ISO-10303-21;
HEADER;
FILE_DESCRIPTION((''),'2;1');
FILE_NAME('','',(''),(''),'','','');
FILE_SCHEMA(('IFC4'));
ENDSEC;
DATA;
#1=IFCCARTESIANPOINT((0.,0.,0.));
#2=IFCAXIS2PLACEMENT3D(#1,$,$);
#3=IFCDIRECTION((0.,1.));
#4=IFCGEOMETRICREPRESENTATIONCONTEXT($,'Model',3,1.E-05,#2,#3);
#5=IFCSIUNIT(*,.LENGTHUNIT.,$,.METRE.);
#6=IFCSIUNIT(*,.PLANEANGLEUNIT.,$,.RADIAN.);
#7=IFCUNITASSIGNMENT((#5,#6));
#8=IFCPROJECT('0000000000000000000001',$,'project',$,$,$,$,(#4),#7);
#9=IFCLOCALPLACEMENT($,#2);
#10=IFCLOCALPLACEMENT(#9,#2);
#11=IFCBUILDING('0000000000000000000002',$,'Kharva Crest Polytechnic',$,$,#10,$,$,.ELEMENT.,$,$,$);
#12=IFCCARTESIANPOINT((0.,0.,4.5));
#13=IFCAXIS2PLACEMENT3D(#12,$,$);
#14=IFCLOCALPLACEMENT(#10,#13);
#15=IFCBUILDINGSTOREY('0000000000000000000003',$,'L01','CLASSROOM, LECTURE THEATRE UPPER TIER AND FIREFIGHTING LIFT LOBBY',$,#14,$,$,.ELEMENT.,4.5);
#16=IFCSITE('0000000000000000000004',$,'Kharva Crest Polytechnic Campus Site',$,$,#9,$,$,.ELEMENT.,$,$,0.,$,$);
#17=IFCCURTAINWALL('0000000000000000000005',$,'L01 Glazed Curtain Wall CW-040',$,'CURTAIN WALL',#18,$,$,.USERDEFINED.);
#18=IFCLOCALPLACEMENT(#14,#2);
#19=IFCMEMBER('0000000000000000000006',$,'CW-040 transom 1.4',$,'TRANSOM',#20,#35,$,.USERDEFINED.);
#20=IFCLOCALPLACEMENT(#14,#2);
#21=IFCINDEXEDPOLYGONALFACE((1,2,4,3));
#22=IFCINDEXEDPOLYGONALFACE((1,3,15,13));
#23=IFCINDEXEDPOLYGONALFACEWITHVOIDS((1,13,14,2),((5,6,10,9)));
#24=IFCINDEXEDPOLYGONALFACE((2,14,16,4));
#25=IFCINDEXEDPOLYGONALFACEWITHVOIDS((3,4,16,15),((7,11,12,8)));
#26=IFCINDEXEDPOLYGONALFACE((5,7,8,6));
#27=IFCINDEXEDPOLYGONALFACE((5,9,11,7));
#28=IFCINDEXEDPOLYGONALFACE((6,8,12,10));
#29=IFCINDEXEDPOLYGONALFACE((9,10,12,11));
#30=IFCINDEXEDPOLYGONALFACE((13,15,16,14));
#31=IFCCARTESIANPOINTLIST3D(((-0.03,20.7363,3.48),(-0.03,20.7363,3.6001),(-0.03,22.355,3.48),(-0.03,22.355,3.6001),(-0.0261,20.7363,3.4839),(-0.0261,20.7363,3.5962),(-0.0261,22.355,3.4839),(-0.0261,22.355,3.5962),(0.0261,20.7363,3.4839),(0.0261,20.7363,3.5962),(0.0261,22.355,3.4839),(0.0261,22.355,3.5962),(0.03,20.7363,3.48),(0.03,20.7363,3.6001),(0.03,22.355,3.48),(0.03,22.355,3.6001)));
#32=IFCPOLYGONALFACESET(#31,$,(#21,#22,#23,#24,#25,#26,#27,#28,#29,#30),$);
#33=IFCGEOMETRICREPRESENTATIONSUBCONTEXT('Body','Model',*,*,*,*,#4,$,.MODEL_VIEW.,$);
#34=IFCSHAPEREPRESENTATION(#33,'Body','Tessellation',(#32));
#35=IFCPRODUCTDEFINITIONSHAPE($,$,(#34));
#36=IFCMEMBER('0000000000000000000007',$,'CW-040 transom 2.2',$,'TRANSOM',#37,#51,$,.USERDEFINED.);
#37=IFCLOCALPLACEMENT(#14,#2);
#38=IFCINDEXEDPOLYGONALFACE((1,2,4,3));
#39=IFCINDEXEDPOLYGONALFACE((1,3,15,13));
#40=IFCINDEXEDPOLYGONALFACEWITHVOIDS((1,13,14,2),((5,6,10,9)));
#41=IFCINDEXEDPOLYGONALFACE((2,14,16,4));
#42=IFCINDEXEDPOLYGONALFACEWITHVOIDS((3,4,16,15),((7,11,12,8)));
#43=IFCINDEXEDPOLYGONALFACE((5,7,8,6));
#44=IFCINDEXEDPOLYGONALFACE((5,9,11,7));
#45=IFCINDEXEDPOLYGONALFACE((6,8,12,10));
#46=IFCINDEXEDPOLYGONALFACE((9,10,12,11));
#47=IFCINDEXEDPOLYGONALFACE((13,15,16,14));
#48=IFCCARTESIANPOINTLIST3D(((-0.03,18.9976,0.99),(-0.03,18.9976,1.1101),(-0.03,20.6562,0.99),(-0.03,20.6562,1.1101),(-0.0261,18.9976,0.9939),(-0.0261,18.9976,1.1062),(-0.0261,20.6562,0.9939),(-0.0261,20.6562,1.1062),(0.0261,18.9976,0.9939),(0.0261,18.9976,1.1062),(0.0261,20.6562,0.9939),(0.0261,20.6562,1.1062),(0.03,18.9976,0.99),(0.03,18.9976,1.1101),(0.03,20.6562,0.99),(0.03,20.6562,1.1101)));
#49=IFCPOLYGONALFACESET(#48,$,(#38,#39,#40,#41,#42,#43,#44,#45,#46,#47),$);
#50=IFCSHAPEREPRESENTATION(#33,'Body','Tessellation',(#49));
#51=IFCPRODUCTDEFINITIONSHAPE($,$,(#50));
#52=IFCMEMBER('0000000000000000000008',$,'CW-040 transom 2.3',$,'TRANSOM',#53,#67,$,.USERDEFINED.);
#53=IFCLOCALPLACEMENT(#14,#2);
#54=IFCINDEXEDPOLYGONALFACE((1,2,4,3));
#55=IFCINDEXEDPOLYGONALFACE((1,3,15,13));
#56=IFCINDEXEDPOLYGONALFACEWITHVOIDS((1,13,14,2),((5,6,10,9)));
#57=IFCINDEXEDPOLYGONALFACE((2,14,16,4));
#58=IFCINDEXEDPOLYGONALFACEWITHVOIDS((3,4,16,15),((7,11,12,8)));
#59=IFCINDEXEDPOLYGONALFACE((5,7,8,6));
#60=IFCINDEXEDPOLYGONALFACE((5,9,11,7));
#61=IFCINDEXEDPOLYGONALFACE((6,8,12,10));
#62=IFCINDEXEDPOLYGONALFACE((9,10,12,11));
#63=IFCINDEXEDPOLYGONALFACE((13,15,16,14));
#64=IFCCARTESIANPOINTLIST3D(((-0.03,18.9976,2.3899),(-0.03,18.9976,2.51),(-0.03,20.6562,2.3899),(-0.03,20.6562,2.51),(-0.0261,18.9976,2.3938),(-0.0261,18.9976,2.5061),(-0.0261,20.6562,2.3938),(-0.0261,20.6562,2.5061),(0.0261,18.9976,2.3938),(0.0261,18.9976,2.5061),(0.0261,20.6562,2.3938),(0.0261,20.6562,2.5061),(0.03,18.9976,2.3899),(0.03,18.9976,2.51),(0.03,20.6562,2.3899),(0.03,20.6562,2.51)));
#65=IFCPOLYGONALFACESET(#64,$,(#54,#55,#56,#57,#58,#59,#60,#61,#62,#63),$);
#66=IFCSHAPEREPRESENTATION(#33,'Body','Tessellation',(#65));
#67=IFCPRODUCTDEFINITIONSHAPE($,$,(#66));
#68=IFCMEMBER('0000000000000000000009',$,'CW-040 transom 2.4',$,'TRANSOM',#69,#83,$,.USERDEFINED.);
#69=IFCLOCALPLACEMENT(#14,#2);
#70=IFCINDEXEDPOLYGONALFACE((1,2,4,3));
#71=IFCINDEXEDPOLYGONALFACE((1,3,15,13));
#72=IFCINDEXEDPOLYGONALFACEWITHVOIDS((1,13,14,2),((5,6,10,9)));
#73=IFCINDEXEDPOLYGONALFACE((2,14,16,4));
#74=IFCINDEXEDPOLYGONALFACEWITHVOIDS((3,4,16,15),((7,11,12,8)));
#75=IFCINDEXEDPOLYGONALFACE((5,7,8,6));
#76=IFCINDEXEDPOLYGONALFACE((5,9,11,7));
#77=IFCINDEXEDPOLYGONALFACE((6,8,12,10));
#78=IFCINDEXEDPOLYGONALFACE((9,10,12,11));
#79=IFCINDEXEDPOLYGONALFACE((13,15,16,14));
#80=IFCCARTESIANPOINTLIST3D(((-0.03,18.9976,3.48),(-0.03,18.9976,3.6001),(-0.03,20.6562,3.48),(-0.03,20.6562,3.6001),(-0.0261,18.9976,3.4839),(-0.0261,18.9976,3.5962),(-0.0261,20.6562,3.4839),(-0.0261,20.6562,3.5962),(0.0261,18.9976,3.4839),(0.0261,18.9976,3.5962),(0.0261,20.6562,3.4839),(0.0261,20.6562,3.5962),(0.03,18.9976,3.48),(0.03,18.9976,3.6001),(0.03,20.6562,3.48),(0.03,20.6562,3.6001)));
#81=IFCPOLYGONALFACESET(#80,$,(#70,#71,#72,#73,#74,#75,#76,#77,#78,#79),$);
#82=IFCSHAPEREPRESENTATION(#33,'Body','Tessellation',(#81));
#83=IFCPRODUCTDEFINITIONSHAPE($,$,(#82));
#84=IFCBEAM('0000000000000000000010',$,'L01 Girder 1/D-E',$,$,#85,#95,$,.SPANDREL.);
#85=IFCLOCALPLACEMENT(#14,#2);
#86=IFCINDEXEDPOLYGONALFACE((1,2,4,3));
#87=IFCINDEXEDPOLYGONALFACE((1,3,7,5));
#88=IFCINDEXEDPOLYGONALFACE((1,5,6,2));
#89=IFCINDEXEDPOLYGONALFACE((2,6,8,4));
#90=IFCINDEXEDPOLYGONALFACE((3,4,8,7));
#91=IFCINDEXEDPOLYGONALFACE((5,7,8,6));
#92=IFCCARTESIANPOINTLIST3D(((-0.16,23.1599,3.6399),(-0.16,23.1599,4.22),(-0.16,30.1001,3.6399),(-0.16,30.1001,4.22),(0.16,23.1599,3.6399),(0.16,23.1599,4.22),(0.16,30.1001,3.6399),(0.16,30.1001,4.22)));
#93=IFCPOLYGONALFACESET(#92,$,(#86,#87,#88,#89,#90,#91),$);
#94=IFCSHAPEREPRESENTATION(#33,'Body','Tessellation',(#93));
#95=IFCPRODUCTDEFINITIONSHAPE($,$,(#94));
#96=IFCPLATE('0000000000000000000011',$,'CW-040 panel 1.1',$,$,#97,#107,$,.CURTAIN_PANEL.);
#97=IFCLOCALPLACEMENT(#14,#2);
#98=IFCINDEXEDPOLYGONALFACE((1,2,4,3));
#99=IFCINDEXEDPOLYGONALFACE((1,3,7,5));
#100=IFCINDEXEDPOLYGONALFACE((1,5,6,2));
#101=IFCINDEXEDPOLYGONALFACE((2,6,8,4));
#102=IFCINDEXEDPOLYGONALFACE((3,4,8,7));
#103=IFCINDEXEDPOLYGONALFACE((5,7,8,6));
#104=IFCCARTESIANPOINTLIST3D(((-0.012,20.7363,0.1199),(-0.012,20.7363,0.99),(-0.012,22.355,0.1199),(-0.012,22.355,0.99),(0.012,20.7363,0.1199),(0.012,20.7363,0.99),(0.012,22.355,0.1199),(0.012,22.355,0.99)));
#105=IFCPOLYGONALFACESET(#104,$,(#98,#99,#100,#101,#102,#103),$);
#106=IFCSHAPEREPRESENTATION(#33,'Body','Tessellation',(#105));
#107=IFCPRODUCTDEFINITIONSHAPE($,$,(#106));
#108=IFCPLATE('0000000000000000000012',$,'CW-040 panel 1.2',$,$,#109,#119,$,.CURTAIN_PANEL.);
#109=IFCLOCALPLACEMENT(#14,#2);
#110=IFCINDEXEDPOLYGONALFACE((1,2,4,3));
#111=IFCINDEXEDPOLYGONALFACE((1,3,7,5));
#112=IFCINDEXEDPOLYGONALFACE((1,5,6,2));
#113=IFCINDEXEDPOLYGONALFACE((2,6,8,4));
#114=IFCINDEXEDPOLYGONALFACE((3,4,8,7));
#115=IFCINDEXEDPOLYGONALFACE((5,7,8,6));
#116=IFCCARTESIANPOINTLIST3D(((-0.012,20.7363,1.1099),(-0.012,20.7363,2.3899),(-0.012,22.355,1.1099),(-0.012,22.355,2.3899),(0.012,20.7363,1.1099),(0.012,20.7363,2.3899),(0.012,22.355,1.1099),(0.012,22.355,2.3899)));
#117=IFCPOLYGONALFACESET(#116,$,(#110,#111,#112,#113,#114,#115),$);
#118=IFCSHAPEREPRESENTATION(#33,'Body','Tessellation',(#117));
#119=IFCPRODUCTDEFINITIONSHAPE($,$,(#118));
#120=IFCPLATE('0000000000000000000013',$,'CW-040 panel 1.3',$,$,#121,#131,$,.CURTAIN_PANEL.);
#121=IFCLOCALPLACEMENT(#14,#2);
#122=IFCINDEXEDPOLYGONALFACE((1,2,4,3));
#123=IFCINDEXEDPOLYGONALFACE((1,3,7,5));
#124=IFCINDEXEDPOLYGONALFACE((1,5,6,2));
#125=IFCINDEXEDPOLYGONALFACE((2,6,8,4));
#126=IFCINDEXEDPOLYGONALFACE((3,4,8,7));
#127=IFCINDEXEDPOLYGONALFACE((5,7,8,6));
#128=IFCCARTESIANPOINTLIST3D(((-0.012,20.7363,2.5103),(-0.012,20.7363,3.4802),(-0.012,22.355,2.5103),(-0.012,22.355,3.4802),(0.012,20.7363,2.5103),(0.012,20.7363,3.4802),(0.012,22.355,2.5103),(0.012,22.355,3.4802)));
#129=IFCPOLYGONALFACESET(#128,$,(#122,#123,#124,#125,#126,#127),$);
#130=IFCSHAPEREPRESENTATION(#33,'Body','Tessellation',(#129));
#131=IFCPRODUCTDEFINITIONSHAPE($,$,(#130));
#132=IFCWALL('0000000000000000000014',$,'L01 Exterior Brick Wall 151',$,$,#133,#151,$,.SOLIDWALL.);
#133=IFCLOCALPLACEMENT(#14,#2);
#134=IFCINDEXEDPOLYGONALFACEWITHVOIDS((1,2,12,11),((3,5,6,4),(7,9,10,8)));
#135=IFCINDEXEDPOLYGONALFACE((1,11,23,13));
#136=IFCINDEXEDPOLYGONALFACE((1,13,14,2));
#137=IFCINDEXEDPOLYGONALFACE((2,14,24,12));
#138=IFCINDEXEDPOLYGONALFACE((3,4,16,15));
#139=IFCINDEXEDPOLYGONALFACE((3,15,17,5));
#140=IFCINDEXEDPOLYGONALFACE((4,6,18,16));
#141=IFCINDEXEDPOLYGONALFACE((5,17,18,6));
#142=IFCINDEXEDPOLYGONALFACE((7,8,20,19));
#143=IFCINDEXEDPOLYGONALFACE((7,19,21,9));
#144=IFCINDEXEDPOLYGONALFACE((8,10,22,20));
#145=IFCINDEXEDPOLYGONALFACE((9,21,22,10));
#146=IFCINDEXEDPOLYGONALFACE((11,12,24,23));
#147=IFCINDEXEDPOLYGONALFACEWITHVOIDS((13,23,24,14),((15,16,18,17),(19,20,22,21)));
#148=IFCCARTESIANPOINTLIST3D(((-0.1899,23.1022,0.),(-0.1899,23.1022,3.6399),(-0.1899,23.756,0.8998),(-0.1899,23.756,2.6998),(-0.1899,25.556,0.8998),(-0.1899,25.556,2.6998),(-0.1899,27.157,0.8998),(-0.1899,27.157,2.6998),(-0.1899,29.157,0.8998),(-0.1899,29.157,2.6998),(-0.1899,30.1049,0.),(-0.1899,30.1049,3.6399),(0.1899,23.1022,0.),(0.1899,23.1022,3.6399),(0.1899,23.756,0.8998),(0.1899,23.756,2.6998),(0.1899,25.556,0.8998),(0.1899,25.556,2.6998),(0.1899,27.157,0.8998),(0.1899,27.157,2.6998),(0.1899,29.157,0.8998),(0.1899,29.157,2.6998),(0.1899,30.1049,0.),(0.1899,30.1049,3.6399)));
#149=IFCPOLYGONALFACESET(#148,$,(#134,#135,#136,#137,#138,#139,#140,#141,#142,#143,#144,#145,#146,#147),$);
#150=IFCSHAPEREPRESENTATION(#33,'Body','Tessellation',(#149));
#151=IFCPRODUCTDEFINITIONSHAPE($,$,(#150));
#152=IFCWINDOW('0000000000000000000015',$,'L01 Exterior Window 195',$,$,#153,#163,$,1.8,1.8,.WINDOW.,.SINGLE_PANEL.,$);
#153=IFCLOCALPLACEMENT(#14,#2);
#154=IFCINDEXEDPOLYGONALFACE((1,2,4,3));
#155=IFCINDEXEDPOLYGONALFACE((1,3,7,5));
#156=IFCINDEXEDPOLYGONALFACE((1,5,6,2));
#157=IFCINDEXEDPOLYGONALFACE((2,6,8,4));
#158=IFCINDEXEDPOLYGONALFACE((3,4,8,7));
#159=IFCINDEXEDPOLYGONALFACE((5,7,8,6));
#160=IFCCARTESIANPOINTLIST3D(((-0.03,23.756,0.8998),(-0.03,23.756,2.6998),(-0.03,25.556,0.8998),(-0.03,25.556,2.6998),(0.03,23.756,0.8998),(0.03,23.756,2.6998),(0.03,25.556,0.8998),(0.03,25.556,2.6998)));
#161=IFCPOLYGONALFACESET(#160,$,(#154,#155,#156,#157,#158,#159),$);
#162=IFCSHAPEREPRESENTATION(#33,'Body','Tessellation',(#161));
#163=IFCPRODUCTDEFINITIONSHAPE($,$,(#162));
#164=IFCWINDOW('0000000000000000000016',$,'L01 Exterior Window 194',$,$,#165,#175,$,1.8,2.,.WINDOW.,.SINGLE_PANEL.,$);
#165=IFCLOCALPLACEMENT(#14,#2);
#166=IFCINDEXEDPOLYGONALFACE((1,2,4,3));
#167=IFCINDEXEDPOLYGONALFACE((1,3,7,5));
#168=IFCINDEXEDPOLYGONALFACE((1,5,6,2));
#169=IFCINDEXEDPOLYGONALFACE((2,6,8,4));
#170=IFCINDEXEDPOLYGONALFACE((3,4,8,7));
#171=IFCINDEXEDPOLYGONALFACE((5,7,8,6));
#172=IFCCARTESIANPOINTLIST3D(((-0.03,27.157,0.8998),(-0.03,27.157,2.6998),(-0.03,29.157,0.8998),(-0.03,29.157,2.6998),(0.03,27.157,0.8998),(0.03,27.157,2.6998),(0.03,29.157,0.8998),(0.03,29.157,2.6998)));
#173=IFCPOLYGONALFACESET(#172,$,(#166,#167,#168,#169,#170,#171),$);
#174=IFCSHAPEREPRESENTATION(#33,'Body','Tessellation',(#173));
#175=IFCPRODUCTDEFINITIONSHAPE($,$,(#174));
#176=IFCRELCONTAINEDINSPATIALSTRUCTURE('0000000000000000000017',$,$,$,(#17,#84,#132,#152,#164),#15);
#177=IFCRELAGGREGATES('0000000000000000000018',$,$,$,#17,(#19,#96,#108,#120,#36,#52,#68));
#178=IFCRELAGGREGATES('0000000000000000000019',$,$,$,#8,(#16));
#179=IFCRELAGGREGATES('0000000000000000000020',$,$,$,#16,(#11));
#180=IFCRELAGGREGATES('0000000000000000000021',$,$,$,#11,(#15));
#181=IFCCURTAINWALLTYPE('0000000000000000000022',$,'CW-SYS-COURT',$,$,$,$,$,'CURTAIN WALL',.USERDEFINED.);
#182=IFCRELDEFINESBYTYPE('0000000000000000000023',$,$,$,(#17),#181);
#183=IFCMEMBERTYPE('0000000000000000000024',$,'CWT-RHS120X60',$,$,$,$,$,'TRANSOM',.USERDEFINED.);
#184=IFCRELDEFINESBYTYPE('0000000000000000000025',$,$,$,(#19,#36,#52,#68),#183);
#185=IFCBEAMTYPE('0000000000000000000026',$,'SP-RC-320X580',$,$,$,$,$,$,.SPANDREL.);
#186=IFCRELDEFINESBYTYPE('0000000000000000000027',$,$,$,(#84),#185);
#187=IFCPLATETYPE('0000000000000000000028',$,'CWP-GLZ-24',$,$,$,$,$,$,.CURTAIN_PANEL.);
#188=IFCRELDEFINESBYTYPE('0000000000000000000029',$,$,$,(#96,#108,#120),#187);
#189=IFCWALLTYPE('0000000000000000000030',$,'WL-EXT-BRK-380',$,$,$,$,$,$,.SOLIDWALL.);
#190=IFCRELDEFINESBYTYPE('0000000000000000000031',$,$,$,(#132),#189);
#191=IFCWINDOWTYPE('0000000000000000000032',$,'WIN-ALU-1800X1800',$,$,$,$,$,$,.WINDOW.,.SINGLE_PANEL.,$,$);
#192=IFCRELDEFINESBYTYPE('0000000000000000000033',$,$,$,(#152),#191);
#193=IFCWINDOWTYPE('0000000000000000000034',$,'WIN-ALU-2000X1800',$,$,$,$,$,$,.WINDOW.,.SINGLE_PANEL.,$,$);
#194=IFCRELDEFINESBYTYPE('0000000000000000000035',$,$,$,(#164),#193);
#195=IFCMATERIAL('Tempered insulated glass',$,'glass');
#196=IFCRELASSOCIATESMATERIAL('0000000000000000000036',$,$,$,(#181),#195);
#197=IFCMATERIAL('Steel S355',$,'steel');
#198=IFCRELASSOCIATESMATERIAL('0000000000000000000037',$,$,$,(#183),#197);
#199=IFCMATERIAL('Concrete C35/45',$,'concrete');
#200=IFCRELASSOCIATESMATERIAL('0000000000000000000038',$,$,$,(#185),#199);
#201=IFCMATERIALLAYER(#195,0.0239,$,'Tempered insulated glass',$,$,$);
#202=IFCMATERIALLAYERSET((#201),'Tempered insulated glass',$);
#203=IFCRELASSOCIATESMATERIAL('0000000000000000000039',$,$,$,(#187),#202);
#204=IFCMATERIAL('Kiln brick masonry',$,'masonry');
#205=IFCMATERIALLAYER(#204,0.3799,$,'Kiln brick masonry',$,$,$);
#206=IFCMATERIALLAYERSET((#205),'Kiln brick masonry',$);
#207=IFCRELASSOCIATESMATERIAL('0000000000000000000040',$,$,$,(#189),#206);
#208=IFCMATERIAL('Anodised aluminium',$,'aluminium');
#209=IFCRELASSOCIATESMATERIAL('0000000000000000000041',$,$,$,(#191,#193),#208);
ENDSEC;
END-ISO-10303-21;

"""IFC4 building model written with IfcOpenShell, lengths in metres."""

from ifc_helpers import new_model, si_unit, direction, frame, frame_2d, origin, origin_2d, place, context, subcontext, project, spatial, rectangle, hollow_rectangle, extrude, material, layer, layer_set, material_profile, profile_set, type_object, element, fill, aggregate, save


model = new_model("IFC4")

# Units and contexts
model_context = context("Model", 3, precision=1e-05, world=origin(), true_north=direction((0.0, 1.0)))
body_context = subcontext(model_context, "Body", "Model", "MODEL_VIEW")
ifc_project = project(units=[si_unit("LENGTHUNIT", "METRE"), si_unit("PLANEANGLEUNIT", "RADIAN")], contexts=[model_context])

# Site, building, storey
site_placement = place(None, origin())
site = spatial("IfcSite", under=ifc_project, at=site_placement, Name="Kharva Crest Polytechnic Campus Site", CompositionType="ELEMENT", RefElevation=0.0)
building_placement = place(site_placement, origin())
building = spatial("IfcBuilding", under=site, at=building_placement, Name="Kharva Crest Polytechnic", CompositionType="ELEMENT")
storey_placement = place(building_placement, frame((0.0, 0.0, 4.5)))
storey = spatial("IfcBuildingStorey", under=building, at=storey_placement, Name="L01", Description="CLASSROOM, LECTURE THEATRE UPPER TIER AND FIREFIGHTING LIFT LOBBY", CompositionType="ELEMENT", Elevation=4.5)

# Shared definitions
ifc_material_1 = material(Name="Concrete C35/45", Category="concrete")

# Curtain wall, members
ifc_material_2 = material(Name="Tempered insulated glass", Category="glass")
curtain_wall_type = type_object("IfcCurtainWallType", Name="CW-SYS-COURT", ElementType="CURTAIN WALL", PredefinedType="USERDEFINED", material=ifc_material_2)
curtain_wall_placement = place(storey_placement, origin())
curtain_wall = element("IfcCurtainWall", 1, at=curtain_wall_placement, inside=storey, type_object=curtain_wall_type, Name="L01 Glazed Curtain Wall CW-040", ObjectType="CURTAIN WALL", PredefinedType="USERDEFINED")
ifc_material_3 = material(Name="Steel S355", Category="steel")
ifc_material_profile_1 = material_profile(ifc_material_3, hollow_rectangle(XDim=0.0601, YDim=0.1201, WallThickness=0.0039, at=origin_2d()), Name="RHS 120X60X4.0")
ifc_profile_set_1 = profile_set([ifc_material_profile_1], Name="Steel S355")
member_type_1 = type_object("IfcMemberType", Name="CWT-RHS120X60", ElementType="TRANSOM", PredefinedType="USERDEFINED", material=ifc_profile_set_1)
member_1_placement = place(storey_placement, frame((0.0, 22.355, 3.54), z_axis=(0.0, -1.0, 0.0), x_axis=(1.0, 0.0, 0.0)))
member_1 = element("IfcMember", 2, at=member_1_placement, type_object=member_type_1, Name="CW-040 transom 1.4", ObjectType="TRANSOM", PredefinedType="USERDEFINED", context=body_context, shape_type="SweptSolid", body=[
    extrude(hollow_rectangle(XDim=0.0601, YDim=0.1201, WallThickness=0.0039, at=origin_2d()), origin(), (0.0, 0.0, 1.0), 1.6187),
])
member_2_placement = place(storey_placement, frame((0.0, 20.6562, 1.05), z_axis=(0.0, -1.0, 0.0), x_axis=(1.0, 0.0, 0.0)))
member_2 = element("IfcMember", 3, at=member_2_placement, type_object=member_type_1, Name="CW-040 transom 2.2", ObjectType="TRANSOM", PredefinedType="USERDEFINED", context=body_context, shape_type="SweptSolid", body=[
    extrude(hollow_rectangle(XDim=0.0601, YDim=0.1201, WallThickness=0.0039, at=origin_2d()), origin(), (0.0, 0.0, 1.0), 1.6587),
])
member_3_placement = place(storey_placement, frame((0.0, 20.6562, 2.45), z_axis=(0.0, -1.0, 0.0), x_axis=(1.0, 0.0, 0.0)))
member_3 = element("IfcMember", 4, at=member_3_placement, type_object=member_type_1, Name="CW-040 transom 2.3", ObjectType="TRANSOM", PredefinedType="USERDEFINED", context=body_context, shape_type="SweptSolid", body=[
    extrude(hollow_rectangle(XDim=0.0601, YDim=0.1201, WallThickness=0.0039, at=origin_2d()), origin(), (0.0, 0.0, 1.0), 1.6587),
])
member_4_placement = place(storey_placement, frame((0.0, 20.6562, 3.54), z_axis=(0.0, -1.0, 0.0), x_axis=(1.0, 0.0, 0.0)))
member_4 = element("IfcMember", 5, at=member_4_placement, type_object=member_type_1, Name="CW-040 transom 2.4", ObjectType="TRANSOM", PredefinedType="USERDEFINED", context=body_context, shape_type="SweptSolid", body=[
    extrude(hollow_rectangle(XDim=0.0601, YDim=0.1201, WallThickness=0.0039, at=origin_2d()), origin(), (0.0, 0.0, 1.0), 1.6587),
])

# Beam
ifc_material_profile_2 = material_profile(ifc_material_1, rectangle(XDim=0.3201, YDim=0.5801, at=origin_2d()), Name="RECT 320 X 580")
ifc_profile_set_2 = profile_set([ifc_material_profile_2], Name="Concrete C35/45")
beam_type_1 = type_object("IfcBeamType", Name="SP-RC-320X580", PredefinedType="SPANDREL", material=ifc_profile_set_2)
beam_1_placement = place(storey_placement, frame((0.0, 23.1599, 3.9299), z_axis=(0.0, 1.0, 0.0), x_axis=(-1.0, 0.0, 0.0)))
element("IfcBeam", 6, at=beam_1_placement, inside=storey, type_object=beam_type_1, Name="L01 Girder 1/D-E", PredefinedType="SPANDREL", context=body_context, shape_type="SweptSolid", body=[
    extrude(rectangle(XDim=0.3201, YDim=0.5801, at=origin_2d()), origin(), (0.0, 0.0, 1.0), 6.9402),
])

# Plates
ifc_layer_1 = layer(ifc_material_2, 0.0239, Name="Tempered insulated glass")
ifc_layer_set_1 = layer_set([ifc_layer_1], Name="Tempered insulated glass")
plate_type = type_object("IfcPlateType", Name="CWP-GLZ-24", PredefinedType="CURTAIN_PANEL", material=ifc_layer_set_1)
plate_1_placement = place(storey_placement, frame((0.0, 21.5457, 0.1199), z_axis=(0.0, 0.0, 1.0), x_axis=(0.0, -1.0, 0.0)))
plate_1 = element("IfcPlate", 7, at=plate_1_placement, type_object=plate_type, Name="CW-040 panel 1.1", PredefinedType="CURTAIN_PANEL", context=body_context, shape_type="SweptSolid", body=[
    extrude(rectangle(XDim=1.6187, YDim=0.0239, at=origin_2d()), origin(), (0.0, 0.0, 1.0), 0.8701),
])
plate_2_placement = place(storey_placement, frame((0.0, 21.5457, 1.1099), z_axis=(0.0, 0.0, 1.0), x_axis=(0.0, -1.0, 0.0)))
plate_2 = element("IfcPlate", 8, at=plate_2_placement, type_object=plate_type, Name="CW-040 panel 1.2", PredefinedType="CURTAIN_PANEL", context=body_context, shape_type="SweptSolid", body=[
    extrude(rectangle(XDim=1.6187, YDim=0.0239, at=origin_2d()), origin(), (0.0, 0.0, 1.0), 1.28),
])
plate_3_placement = place(storey_placement, frame((0.0, 21.5457, 2.5103), z_axis=(0.0, 0.0, 1.0), x_axis=(0.0, -1.0, 0.0)))
plate_3 = element("IfcPlate", 9, at=plate_3_placement, type_object=plate_type, Name="CW-040 panel 1.3", PredefinedType="CURTAIN_PANEL", context=body_context, shape_type="SweptSolid", body=[
    extrude(rectangle(XDim=1.6187, YDim=0.0239, at=origin_2d()), origin(), (0.0, 0.0, 1.0), 0.97),
])
aggregate(curtain_wall, [member_1, plate_1, plate_2, plate_3, member_2, member_3, member_4])

# Wall, openings, windows
ifc_material_4 = material(Name="Kiln brick masonry", Category="masonry")
ifc_layer_2 = layer(ifc_material_4, 0.3799, Name="Kiln brick masonry")
ifc_layer_set_2 = layer_set([ifc_layer_2], Name="Kiln brick masonry")
wall_type_1 = type_object("IfcWallType", Name="WL-EXT-BRK-380", PredefinedType="SOLIDWALL", material=ifc_layer_set_2)
wall_1_placement = place(storey_placement, frame((0.0, 30.105, 0.0), z_axis=(0.0, 0.0, 1.0), x_axis=(0.0, -1.0, 0.0)))
wall_1 = element("IfcWall", 10, at=wall_1_placement, inside=storey, type_object=wall_type_1, Name="L01 Exterior Brick Wall 151", PredefinedType="SOLIDWALL", context=body_context, shape_type="SweptSolid", body=[
    extrude(rectangle(XDim=7.0027, YDim=0.3799, at=frame_2d((3.5015, 0.0))), origin(), (0.0, 0.0, 1.0), 3.6399),
])
opening_1_placement = place(wall_1_placement, frame((0.948, 0.0, 0.8999)))
opening_1 = element("IfcOpeningElement", 11, at=opening_1_placement, cuts=wall_1, PredefinedType="OPENING", context=body_context, shape_type="SweptSolid", body=[
    extrude(rectangle(XDim=2.0, YDim=1.8, at=frame_2d((1.0, 0.8999))), frame((0.0, 0.2, 0.0), z_axis=(0.0, -1.0, 0.0), x_axis=(1.0, 0.0, 0.0)), (0.0, 0.0, 1.0), 0.3999),
])
opening_2_placement = place(wall_1_placement, frame((4.5491, 0.0, 0.8999)))
opening_2 = element("IfcOpeningElement", 12, at=opening_2_placement, cuts=wall_1, PredefinedType="OPENING", context=body_context, shape_type="SweptSolid", body=[
    extrude(rectangle(XDim=1.8, YDim=1.8, at=frame_2d((0.8999, 0.8999))), frame((0.0, 0.2, 0.0), z_axis=(0.0, -1.0, 0.0), x_axis=(1.0, 0.0, 0.0)), (0.0, 0.0, 1.0), 0.3999),
])
ifc_material_5 = material(Name="Anodised aluminium", Category="aluminium")
window_type_1 = type_object("IfcWindowType", Name="WIN-ALU-1800X1800", PartitioningType="SINGLE_PANEL", PredefinedType="WINDOW", material=ifc_material_5)
window_1_placement = place(opening_2_placement, origin())
window_1 = element("IfcWindow", 13, at=window_1_placement, inside=storey, type_object=window_type_1, Name="L01 Exterior Window 195", OverallHeight=1.8, OverallWidth=1.8, PartitioningType="SINGLE_PANEL", PredefinedType="WINDOW", context=body_context, shape_type="SweptSolid", body=[
    extrude(rectangle(XDim=1.8, YDim=1.8, at=frame_2d((0.8999, 0.8999))), frame((0.0, 0.03, 0.0), z_axis=(0.0, -1.0, 0.0), x_axis=(1.0, 0.0, 0.0)), (0.0, 0.0, 1.0), 0.0601),
])
fill(opening_2, window_1)
window_type_2 = type_object("IfcWindowType", Name="WIN-ALU-2000X1800", PartitioningType="SINGLE_PANEL", PredefinedType="WINDOW", material=ifc_material_5)
window_2_placement = place(opening_1_placement, origin())
window_2 = element("IfcWindow", 14, at=window_2_placement, inside=storey, type_object=window_type_2, Name="L01 Exterior Window 194", OverallHeight=1.8, OverallWidth=2.0, PartitioningType="SINGLE_PANEL", PredefinedType="WINDOW", context=body_context, shape_type="SweptSolid", body=[
    extrude(rectangle(XDim=2.0, YDim=1.8, at=frame_2d((1.0, 0.8999))), frame((0.0, 0.03, 0.0), z_axis=(0.0, -1.0, 0.0), x_axis=(1.0, 0.0, 0.0)), (0.0, 0.0, 1.0), 0.0601),
])
fill(opening_1, window_2)

save(model, "model.ifc")
